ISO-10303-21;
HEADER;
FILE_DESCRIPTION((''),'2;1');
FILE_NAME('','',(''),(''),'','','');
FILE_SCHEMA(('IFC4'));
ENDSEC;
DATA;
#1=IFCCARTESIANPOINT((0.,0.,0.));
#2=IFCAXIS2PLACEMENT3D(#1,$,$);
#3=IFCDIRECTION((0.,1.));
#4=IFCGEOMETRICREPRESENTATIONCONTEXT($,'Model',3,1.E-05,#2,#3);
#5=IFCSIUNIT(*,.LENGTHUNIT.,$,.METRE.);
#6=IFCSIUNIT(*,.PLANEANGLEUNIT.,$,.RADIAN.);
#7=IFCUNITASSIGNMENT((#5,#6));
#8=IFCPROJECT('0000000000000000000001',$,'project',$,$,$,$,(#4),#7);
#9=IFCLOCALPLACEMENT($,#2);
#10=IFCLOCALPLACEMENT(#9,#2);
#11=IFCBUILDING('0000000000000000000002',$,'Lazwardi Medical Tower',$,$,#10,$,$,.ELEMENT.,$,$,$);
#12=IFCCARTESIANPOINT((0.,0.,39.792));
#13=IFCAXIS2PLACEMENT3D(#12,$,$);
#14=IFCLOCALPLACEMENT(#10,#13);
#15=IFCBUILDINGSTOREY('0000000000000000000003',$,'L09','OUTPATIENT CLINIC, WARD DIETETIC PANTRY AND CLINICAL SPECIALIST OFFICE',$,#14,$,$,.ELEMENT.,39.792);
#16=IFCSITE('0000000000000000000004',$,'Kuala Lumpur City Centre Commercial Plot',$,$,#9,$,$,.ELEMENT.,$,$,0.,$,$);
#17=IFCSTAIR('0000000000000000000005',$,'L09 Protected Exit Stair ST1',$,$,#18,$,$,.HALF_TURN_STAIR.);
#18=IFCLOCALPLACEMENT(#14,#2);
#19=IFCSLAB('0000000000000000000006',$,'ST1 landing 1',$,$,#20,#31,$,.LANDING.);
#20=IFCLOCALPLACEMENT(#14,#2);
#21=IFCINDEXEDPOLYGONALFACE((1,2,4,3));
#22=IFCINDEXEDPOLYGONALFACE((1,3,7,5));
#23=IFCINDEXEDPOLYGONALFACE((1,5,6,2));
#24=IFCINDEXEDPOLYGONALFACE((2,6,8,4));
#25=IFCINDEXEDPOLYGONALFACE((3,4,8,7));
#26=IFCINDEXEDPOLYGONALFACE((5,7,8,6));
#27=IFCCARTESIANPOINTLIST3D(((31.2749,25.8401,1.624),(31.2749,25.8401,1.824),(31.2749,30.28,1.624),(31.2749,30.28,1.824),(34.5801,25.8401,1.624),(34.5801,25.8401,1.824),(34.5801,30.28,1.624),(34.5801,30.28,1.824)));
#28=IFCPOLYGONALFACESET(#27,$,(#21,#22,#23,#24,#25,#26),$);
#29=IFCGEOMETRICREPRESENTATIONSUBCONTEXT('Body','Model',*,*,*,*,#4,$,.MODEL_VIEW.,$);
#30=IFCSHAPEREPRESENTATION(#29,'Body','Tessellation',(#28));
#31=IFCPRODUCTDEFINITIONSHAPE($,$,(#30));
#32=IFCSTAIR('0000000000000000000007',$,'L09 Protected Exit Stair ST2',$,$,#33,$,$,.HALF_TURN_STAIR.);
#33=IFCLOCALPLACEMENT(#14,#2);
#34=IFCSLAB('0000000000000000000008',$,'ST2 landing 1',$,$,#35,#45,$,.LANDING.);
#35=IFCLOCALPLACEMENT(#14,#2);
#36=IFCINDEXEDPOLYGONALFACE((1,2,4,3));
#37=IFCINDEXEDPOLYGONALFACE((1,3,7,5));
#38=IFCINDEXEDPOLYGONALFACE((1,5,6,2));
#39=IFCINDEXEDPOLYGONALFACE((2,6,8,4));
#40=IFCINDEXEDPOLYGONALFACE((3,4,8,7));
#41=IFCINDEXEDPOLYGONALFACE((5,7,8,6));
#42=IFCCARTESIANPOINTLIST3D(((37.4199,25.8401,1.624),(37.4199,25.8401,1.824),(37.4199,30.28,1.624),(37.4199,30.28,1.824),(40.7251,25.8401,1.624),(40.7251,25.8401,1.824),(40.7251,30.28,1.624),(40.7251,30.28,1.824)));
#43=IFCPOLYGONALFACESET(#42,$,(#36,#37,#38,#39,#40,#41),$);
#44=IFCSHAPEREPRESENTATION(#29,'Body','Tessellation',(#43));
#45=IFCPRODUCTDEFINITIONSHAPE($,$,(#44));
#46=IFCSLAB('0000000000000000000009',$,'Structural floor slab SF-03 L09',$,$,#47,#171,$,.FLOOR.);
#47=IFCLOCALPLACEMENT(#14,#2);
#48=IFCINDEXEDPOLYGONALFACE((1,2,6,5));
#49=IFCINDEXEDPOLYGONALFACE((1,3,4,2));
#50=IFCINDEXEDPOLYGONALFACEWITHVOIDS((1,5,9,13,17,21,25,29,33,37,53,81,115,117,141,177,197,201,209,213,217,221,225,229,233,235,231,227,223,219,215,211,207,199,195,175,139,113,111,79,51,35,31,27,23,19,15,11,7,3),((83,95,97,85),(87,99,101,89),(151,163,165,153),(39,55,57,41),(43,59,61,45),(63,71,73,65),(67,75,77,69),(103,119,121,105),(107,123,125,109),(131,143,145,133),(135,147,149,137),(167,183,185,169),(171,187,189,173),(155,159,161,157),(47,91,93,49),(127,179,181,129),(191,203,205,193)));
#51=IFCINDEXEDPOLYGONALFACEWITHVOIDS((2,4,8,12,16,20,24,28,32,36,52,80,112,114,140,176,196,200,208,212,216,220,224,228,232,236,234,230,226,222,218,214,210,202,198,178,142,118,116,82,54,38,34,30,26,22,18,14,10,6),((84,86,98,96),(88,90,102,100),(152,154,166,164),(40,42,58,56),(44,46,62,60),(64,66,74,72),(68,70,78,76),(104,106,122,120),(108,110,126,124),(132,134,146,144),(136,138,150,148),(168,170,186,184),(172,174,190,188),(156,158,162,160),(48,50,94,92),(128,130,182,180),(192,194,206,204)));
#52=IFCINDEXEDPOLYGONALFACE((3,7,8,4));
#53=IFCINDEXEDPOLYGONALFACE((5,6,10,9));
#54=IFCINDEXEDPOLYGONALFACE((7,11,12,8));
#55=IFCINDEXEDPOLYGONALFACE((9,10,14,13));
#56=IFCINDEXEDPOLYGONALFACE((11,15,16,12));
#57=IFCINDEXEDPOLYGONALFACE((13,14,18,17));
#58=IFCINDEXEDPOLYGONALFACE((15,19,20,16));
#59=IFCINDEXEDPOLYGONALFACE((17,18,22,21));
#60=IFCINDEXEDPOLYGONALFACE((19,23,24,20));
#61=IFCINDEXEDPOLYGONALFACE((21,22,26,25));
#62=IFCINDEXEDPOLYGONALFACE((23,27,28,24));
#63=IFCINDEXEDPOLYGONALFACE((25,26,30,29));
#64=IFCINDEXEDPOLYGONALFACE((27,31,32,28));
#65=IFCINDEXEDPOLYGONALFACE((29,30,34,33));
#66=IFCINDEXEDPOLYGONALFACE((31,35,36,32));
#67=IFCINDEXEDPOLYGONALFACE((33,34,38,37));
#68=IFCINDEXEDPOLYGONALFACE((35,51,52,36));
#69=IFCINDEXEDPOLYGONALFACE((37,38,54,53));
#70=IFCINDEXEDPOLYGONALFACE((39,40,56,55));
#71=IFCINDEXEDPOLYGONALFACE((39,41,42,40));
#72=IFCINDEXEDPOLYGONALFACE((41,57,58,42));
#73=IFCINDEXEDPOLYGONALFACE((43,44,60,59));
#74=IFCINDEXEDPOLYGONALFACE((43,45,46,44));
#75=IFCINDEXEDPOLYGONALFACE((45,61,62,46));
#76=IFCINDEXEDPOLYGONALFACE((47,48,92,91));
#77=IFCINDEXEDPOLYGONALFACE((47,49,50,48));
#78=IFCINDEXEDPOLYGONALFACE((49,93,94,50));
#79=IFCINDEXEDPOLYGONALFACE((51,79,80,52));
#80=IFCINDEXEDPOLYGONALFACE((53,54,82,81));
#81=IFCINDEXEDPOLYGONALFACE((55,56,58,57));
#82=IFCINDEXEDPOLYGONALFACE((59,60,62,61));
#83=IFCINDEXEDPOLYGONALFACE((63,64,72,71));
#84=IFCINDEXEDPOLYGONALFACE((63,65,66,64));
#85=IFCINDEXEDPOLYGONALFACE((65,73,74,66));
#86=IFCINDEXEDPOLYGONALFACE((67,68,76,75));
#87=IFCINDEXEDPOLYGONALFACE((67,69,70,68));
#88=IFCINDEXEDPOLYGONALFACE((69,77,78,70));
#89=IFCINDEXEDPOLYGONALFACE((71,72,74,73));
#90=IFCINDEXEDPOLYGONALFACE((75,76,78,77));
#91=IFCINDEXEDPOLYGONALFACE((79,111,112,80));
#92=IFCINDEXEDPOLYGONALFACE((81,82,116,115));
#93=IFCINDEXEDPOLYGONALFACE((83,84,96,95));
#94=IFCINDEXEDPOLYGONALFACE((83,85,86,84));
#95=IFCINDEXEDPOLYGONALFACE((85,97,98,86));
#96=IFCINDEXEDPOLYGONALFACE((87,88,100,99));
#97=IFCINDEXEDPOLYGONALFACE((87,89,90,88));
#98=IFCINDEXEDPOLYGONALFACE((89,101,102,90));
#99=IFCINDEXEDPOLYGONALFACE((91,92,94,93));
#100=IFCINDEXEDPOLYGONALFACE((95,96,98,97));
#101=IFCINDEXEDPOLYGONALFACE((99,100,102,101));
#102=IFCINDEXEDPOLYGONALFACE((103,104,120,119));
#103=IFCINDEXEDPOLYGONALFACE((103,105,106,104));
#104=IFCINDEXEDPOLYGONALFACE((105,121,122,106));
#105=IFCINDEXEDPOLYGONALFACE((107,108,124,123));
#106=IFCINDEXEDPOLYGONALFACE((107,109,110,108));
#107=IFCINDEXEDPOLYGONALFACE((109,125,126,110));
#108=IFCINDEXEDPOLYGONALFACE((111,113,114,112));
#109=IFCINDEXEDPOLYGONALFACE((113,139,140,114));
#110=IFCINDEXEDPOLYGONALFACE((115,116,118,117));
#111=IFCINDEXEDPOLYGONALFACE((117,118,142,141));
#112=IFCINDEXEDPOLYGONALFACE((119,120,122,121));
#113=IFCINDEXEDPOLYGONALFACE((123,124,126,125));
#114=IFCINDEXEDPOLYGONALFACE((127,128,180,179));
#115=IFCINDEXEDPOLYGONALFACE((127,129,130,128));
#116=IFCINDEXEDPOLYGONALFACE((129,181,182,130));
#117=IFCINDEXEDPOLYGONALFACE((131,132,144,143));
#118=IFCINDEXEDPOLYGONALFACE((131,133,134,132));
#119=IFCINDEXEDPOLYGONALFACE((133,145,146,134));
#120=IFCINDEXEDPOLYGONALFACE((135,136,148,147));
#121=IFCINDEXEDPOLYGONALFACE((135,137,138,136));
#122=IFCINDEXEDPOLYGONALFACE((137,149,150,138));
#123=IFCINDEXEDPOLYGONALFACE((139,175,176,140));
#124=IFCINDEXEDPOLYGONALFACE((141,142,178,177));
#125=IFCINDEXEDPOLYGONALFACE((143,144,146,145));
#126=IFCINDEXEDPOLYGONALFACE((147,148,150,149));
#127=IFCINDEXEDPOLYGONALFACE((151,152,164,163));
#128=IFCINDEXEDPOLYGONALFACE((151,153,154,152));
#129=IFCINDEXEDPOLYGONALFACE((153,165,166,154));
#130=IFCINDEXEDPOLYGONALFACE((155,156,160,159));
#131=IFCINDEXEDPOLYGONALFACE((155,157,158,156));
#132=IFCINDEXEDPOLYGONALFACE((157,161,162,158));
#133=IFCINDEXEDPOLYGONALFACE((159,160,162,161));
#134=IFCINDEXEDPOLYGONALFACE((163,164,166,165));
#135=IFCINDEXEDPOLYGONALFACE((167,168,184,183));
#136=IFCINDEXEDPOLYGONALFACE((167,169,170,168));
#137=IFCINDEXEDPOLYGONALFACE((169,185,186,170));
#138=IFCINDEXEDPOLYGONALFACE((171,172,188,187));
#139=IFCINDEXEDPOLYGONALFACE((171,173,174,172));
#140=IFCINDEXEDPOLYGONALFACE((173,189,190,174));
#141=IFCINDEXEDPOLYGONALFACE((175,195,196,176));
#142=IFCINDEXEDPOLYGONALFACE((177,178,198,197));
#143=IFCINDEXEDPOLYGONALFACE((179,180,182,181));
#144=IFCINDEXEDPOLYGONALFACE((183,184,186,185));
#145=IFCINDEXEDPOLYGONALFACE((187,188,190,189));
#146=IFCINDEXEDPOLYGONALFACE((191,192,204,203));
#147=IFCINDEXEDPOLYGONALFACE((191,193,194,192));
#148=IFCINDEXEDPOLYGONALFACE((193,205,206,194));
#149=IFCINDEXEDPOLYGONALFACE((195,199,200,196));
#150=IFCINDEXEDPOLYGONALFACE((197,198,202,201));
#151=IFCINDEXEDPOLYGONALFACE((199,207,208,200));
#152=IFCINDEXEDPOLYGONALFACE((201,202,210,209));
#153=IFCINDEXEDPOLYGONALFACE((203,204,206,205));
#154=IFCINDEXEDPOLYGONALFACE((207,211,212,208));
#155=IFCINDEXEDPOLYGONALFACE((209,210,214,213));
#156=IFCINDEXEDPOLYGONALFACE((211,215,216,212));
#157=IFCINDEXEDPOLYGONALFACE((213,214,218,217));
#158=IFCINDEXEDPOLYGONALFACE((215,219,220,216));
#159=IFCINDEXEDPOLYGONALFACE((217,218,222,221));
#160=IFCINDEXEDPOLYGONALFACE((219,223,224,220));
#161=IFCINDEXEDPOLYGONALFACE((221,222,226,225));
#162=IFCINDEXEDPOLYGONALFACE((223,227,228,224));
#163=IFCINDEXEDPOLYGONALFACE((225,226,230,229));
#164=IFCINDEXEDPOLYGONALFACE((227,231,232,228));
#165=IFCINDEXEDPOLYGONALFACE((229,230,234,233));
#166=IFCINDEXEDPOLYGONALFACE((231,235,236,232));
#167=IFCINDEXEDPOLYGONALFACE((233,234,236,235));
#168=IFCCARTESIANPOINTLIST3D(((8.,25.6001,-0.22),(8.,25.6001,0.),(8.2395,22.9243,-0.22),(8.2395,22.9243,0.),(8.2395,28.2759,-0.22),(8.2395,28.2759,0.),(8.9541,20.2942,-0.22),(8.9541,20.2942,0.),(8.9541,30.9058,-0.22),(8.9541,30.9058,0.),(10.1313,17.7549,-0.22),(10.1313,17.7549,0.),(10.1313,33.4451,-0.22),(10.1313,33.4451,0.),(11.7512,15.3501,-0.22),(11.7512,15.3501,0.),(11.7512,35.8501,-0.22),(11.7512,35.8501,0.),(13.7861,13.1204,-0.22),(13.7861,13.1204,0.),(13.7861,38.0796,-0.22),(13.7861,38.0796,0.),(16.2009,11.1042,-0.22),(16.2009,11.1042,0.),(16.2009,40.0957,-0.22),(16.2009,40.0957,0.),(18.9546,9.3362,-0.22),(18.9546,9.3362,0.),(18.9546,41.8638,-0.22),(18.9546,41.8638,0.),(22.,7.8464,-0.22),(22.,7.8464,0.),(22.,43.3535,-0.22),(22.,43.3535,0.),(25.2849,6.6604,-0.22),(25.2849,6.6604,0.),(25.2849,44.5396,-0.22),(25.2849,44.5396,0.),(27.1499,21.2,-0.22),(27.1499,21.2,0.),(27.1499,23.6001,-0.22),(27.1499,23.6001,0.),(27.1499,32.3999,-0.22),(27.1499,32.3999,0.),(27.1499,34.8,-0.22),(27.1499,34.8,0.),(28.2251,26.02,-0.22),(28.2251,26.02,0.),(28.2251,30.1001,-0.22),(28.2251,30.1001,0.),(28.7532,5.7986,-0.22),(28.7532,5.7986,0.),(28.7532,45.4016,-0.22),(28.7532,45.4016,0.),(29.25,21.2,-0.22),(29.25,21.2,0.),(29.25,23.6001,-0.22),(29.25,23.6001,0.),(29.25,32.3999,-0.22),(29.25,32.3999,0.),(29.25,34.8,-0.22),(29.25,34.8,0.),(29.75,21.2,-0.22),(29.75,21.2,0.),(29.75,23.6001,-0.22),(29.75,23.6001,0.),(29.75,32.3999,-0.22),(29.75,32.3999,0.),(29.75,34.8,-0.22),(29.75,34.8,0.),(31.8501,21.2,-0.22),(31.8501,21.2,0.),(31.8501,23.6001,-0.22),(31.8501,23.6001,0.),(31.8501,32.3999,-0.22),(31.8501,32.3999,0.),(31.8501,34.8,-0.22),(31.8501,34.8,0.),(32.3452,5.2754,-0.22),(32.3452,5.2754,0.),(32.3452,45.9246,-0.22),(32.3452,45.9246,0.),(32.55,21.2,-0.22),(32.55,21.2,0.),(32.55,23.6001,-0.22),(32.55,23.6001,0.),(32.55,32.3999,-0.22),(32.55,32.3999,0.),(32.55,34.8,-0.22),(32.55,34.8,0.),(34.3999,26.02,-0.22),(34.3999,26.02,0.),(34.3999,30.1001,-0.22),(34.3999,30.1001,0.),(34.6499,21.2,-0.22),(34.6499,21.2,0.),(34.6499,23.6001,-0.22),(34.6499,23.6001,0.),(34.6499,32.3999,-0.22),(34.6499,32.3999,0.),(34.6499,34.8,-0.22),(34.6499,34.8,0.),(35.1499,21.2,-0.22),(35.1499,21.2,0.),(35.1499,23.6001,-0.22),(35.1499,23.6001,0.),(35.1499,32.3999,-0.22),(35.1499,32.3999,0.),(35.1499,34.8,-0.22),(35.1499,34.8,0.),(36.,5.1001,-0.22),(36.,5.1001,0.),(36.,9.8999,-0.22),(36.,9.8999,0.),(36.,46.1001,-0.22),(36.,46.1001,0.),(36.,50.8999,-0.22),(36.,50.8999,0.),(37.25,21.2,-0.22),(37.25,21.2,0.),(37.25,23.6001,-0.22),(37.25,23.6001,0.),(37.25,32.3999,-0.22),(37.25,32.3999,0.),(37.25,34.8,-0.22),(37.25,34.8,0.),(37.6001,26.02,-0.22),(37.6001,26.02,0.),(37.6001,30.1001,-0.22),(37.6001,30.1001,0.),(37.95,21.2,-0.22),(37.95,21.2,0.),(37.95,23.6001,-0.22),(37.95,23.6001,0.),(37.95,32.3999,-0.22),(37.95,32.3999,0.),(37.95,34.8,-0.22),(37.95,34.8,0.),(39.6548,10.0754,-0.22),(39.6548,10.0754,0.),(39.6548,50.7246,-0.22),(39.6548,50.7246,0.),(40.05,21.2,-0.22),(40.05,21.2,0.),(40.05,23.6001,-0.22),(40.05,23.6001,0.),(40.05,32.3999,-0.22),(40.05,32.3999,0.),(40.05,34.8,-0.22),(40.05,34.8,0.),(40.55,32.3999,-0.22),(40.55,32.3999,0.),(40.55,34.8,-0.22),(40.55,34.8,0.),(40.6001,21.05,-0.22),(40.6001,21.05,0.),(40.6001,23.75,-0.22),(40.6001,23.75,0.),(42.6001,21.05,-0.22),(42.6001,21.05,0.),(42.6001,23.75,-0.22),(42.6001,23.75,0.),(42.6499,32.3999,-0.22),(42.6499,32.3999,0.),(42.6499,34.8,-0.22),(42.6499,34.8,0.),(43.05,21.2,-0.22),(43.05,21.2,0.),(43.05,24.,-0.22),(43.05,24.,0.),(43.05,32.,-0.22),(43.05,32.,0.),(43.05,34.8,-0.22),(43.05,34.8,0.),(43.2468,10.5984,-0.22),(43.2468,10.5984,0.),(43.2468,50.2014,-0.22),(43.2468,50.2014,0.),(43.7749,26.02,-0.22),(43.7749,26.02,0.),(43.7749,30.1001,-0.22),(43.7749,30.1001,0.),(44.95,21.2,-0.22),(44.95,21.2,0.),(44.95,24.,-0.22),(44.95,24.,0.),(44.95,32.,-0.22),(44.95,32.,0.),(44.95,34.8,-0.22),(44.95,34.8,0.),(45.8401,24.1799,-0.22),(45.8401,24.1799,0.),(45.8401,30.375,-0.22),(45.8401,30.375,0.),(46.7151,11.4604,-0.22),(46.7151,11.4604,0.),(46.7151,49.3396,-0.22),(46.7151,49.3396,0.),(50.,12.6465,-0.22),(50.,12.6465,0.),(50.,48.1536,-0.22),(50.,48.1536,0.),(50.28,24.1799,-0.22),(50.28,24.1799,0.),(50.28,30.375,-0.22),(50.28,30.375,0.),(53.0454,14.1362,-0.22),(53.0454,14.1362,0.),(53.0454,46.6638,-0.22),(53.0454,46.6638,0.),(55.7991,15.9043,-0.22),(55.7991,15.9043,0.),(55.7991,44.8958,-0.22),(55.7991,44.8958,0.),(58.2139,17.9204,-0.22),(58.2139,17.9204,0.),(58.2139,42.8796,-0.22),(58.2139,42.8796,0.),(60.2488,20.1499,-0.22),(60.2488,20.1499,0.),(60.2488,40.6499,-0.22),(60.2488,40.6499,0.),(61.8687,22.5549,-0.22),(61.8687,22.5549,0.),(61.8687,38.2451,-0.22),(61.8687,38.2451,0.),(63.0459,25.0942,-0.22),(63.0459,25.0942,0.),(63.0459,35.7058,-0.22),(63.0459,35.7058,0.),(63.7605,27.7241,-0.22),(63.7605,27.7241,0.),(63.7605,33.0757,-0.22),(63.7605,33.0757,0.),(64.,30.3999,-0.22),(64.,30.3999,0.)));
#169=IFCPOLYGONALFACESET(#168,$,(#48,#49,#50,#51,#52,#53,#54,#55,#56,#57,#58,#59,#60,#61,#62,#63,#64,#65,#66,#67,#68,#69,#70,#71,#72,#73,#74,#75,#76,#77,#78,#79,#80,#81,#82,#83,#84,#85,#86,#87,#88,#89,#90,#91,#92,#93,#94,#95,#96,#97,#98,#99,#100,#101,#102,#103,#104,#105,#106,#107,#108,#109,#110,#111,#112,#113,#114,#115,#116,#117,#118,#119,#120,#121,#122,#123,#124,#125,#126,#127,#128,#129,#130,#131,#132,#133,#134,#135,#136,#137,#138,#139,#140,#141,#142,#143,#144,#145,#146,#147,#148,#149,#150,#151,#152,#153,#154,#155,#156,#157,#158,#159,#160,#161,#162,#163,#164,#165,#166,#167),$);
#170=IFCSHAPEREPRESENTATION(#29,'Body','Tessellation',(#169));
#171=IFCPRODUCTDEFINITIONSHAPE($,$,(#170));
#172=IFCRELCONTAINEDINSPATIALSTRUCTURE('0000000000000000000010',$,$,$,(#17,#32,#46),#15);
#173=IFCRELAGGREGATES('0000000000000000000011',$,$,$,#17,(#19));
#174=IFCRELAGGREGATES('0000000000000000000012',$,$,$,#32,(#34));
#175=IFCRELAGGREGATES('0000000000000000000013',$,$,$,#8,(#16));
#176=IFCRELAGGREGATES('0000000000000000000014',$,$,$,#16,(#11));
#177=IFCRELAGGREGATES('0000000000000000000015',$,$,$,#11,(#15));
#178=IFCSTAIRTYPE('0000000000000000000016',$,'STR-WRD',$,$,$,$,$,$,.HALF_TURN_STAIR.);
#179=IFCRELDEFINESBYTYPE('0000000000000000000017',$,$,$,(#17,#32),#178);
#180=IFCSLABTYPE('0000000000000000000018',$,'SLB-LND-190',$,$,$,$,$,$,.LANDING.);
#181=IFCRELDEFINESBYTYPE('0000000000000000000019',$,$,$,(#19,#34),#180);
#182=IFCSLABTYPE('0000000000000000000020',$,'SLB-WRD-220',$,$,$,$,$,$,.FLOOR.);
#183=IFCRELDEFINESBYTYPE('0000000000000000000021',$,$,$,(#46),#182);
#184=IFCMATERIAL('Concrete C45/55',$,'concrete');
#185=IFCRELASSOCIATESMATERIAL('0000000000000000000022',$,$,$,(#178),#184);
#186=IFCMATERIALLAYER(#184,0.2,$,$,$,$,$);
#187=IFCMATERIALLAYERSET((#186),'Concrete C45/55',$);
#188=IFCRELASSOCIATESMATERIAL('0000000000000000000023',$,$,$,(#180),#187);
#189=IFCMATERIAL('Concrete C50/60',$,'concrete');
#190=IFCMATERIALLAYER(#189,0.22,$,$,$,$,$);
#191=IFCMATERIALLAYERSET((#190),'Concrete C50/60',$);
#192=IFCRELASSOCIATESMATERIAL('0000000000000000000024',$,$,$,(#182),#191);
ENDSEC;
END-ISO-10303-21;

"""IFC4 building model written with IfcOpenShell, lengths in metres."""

from ifc_helpers import new_model, si_unit, direction, frame, origin, place, context, subcontext, project, spatial, polyline, outline, extrude, material, layer, layer_set, type_object, element, aggregate, save


model = new_model("IFC4")

# Units and contexts
model_context = context("Model", 3, precision=1e-05, world=origin(), true_north=direction((0.0, 1.0)))
body_context = subcontext(model_context, "Body", "Model", "MODEL_VIEW")
ifc_project = project(units=[si_unit("LENGTHUNIT", "METRE"), si_unit("PLANEANGLEUNIT", "RADIAN")], contexts=[model_context])

# Site, building, storey
site_placement = place(None, origin())
site = spatial("IfcSite", under=ifc_project, at=site_placement, Name="Kuala Lumpur City Centre Commercial Plot", CompositionType="ELEMENT", RefElevation=0.0)
building_placement = place(site_placement, origin())
building = spatial("IfcBuilding", under=site, at=building_placement, Name="Lazwardi Medical Tower", CompositionType="ELEMENT")
storey_placement = place(building_placement, frame((0.0, 0.0, 39.792)))
storey = spatial("IfcBuildingStorey", under=building, at=storey_placement, Name="L09", Description="OUTPATIENT CLINIC, WARD DIETETIC PANTRY AND CLINICAL SPECIALIST OFFICE", CompositionType="ELEMENT", Elevation=39.792)

# Stairs, slabs
ifc_material_1 = material(Name="Concrete C45/55", Category="concrete")
stair_type = type_object("IfcStairType", Name="STR-WRD", PredefinedType="HALF_TURN_STAIR", material=ifc_material_1)
stair_1_placement = place(storey_placement, origin())
stair_1 = element("IfcStair", 1, at=stair_1_placement, inside=storey, type_object=stair_type, Name="L09 Protected Exit Stair ST1", PredefinedType="HALF_TURN_STAIR")
ifc_layer_1 = layer(ifc_material_1, 0.2)
ifc_layer_set_1 = layer_set([ifc_layer_1], Name="Concrete C45/55")
slab_type_1 = type_object("IfcSlabType", Name="SLB-LND-190", PredefinedType="LANDING", material=ifc_layer_set_1)
slab_1_placement = place(storey_placement, frame((0.0, 0.0, 1.624)))
slab_1 = element("IfcSlab", 2, at=slab_1_placement, type_object=slab_type_1, Name="ST1 landing 1", PredefinedType="LANDING", context=body_context, shape_type="SweptSolid", body=[
    extrude(outline(polyline([(31.2749, 25.8401), (34.5801, 25.8401), (34.5801, 30.28), (31.2749, 30.28), (31.2749, 25.8401)])), origin(), (0.0, 0.0, 1.0), 0.2),
])
aggregate(stair_1, [slab_1])
stair_2_placement = place(storey_placement, origin())
stair_2 = element("IfcStair", 3, at=stair_2_placement, inside=storey, type_object=stair_type, Name="L09 Protected Exit Stair ST2", PredefinedType="HALF_TURN_STAIR")
slab_2_placement = place(storey_placement, frame((0.0, 0.0, 1.624)))
slab_2 = element("IfcSlab", 4, at=slab_2_placement, type_object=slab_type_1, Name="ST2 landing 1", PredefinedType="LANDING", context=body_context, shape_type="SweptSolid", body=[
    extrude(outline(polyline([(40.7251, 30.28), (37.4199, 30.28), (37.4199, 25.8401), (40.7251, 25.8401), (40.7251, 30.28)])), origin(), (0.0, 0.0, 1.0), 0.2),
])
aggregate(stair_2, [slab_2])

# Slab
ifc_material_2 = material(Name="Concrete C50/60", Category="concrete")
ifc_layer_2 = layer(ifc_material_2, 0.22)
ifc_layer_set_2 = layer_set([ifc_layer_2], Name="Concrete C50/60")
slab_type_2 = type_object("IfcSlabType", Name="SLB-WRD-220", PredefinedType="FLOOR", material=ifc_layer_set_2)
slab_3_placement = place(storey_placement, frame((0.0, 0.0, -0.22)))
element("IfcSlab", 5, at=slab_3_placement, inside=storey, type_object=slab_type_2, Name="Structural floor slab SF-03 L09", PredefinedType="FLOOR", context=body_context, shape_type="SweptSolid", body=[
    extrude(outline(polyline([(10.1313, 33.4451), (8.9541, 30.9058), (8.2395, 28.2759), (8.0, 25.6001), (8.2395, 22.9243), (8.9541, 20.2942), (10.1313, 17.7549), (11.7512, 15.3501), (13.7861, 13.1204), (16.2009, 11.1042), (18.9546, 9.3362), (22.0, 7.8464), (25.2849, 6.6604), (28.7532, 5.7986), (32.3452, 5.2754), (36.0, 5.1001), (36.0, 9.8999), (39.6548, 10.0754), (43.2468, 10.5984), (46.7151, 11.4604), (50.0, 12.6465), (53.0454, 14.1362), (55.7991, 15.9043), (58.2139, 17.9204), (60.2488, 20.1499), (61.8687, 22.5549), (63.0459, 25.0942), (63.7605, 27.7241), (64.0, 30.3999), (63.7605, 33.0757), (63.0459, 35.7058), (61.8687, 38.2451), (60.2488, 40.6499), (58.2139, 42.8796), (55.7991, 44.8958), (53.0454, 46.6638), (50.0, 48.1536), (46.7151, 49.3396), (43.2468, 50.2014), (39.6548, 50.7246), (36.0, 50.8999), (36.0, 46.1001), (32.3452, 45.9246), (28.7532, 45.4016), (25.2849, 44.5396), (22.0, 43.3535), (18.9546, 41.8638), (16.2009, 40.0957), (13.7861, 38.0796), (11.7512, 35.8501), (10.1313, 33.4451)]), holes=[polyline([(28.2251, 26.02), (28.2251, 30.1001), (34.3999, 30.1001), (34.3999, 26.02), (28.2251, 26.02)]), polyline([(37.6001, 30.1001), (43.7749, 30.1001), (43.7749, 26.02), (37.6001, 26.02), (37.6001, 30.1001)]), polyline([(50.28, 30.375), (50.28, 24.1799), (45.8401, 24.1799), (45.8401, 30.375), (50.28, 30.375)]), polyline([(29.25, 32.3999), (27.1499, 32.3999), (27.1499, 34.8), (29.25, 34.8), (29.25, 32.3999)]), polyline([(29.75, 32.3999), (29.75, 34.8), (31.8501, 34.8), (31.8501, 32.3999), (29.75, 32.3999)]), polyline([(27.1499, 23.6001), (29.25, 23.6001), (29.25, 21.2), (27.1499, 21.2), (27.1499, 23.6001)]), polyline([(31.8501, 23.6001), (31.8501, 21.2), (29.75, 21.2), (29.75, 23.6001), (31.8501, 23.6001)]), polyline([(34.6499, 32.3999), (32.55, 32.3999), (32.55, 34.8), (34.6499, 34.8), (34.6499, 32.3999)]), polyline([(35.1499, 32.3999), (35.1499, 34.8), (37.25, 34.8), (37.25, 32.3999), (35.1499, 32.3999)]), polyline([(32.55, 23.6001), (34.6499, 23.6001), (34.6499, 21.2), (32.55, 21.2), (32.55, 23.6001)]), polyline([(37.25, 23.6001), (37.25, 21.2), (35.1499, 21.2), (35.1499, 23.6001), (37.25, 23.6001)]), polyline([(40.05, 32.3999), (37.95, 32.3999), (37.95, 34.8), (40.05, 34.8), (40.05, 32.3999)]), polyline([(40.55, 32.3999), (40.55, 34.8), (42.6499, 34.8), (42.6499, 32.3999), (40.55, 32.3999)]), polyline([(37.95, 23.6001), (40.05, 23.6001), (40.05, 21.2), (37.95, 21.2), (37.95, 23.6001)]), polyline([(44.95, 34.8), (44.95, 32.0), (43.05, 32.0), (43.05, 34.8), (44.95, 34.8)]), polyline([(44.95, 21.2), (43.05, 21.2), (43.05, 24.0), (44.95, 24.0), (44.95, 21.2)]), polyline([(40.6001, 21.05), (40.6001, 23.75), (42.6001, 23.75), (42.6001, 21.05), (40.6001, 21.05)])]), origin(), (0.0, 0.0, 1.0), 0.22),
])

save(model, "model.ifc")
